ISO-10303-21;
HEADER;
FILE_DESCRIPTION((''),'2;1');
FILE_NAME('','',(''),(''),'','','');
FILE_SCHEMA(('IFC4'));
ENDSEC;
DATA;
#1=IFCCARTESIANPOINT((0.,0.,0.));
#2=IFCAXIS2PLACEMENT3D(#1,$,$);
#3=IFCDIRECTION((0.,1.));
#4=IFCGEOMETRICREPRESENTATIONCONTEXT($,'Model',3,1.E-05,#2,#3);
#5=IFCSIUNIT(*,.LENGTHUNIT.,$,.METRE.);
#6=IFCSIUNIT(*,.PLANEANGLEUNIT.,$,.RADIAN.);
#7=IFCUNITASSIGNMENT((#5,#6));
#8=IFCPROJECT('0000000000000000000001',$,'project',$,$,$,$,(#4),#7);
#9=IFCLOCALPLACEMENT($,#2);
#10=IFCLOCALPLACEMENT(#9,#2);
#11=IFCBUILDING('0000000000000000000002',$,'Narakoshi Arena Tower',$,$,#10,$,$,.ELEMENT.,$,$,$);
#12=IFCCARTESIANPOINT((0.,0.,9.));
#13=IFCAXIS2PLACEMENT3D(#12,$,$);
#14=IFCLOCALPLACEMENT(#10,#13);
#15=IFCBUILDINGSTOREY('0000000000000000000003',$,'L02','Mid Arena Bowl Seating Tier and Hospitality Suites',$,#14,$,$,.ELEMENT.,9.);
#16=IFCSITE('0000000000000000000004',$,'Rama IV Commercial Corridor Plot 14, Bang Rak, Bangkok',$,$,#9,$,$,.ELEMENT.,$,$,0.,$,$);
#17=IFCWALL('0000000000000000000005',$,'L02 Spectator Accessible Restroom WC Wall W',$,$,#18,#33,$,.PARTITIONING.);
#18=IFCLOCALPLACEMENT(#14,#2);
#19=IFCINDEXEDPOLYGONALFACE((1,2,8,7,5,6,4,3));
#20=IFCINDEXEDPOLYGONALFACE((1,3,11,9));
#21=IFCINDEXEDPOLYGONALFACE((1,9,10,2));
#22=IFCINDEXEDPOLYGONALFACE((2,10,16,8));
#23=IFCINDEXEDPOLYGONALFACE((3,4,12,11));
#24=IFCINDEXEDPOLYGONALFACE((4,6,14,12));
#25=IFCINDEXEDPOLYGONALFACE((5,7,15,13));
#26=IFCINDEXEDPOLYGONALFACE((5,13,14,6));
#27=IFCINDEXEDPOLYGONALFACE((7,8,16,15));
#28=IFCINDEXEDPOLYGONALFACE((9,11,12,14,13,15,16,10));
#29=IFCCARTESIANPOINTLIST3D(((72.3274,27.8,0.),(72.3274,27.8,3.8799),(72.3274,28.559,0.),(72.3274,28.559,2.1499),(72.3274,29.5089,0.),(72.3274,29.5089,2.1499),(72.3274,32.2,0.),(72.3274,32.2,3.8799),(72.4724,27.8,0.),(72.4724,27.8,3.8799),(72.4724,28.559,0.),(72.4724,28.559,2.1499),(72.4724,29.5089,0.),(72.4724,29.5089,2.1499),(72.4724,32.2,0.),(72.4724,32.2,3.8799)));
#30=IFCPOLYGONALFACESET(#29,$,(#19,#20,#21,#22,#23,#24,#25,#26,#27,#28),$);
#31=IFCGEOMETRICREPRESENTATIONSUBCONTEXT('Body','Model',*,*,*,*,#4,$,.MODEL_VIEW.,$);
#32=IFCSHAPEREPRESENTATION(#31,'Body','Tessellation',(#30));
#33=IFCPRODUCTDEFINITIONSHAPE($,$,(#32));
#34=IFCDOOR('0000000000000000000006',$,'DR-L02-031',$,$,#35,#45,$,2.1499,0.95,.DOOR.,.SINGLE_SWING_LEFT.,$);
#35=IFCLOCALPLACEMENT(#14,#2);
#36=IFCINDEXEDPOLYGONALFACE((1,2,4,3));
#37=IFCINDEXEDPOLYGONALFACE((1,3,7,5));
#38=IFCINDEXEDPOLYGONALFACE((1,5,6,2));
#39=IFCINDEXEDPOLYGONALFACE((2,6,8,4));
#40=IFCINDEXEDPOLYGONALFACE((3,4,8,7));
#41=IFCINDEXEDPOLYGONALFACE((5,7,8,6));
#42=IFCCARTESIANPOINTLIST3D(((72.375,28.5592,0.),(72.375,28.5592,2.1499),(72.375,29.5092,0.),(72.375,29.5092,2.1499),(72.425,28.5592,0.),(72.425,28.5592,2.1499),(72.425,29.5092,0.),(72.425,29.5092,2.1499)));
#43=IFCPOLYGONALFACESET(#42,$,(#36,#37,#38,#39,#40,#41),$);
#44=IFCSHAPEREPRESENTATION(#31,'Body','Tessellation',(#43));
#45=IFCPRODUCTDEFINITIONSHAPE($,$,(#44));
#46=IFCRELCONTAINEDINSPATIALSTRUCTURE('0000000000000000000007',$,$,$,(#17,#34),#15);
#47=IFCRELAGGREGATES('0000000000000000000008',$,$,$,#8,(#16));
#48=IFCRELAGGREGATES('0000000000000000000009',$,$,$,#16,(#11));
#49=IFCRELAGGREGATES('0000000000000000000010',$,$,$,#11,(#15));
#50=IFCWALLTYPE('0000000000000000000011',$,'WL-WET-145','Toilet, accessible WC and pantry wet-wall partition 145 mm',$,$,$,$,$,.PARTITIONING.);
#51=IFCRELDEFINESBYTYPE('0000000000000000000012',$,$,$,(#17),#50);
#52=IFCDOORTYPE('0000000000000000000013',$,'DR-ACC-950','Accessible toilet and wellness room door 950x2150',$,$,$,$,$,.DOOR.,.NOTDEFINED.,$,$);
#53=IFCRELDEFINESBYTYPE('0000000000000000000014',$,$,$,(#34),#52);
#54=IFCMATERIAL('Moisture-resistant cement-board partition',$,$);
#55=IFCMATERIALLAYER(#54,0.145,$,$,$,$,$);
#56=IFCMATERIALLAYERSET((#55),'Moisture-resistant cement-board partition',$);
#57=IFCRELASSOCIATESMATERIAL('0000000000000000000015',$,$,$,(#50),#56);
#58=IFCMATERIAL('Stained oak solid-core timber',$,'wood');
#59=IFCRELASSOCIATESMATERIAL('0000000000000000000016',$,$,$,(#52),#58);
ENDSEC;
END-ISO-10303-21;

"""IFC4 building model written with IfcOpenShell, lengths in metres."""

from ifc_helpers import new_model, si_unit, direction, frame, frame_2d, origin, place, context, subcontext, project, spatial, rectangle, extrude, material, layer, layer_set, type_object, element, fill, save


model = new_model("IFC4")

# Units and contexts
model_context = context("Model", 3, precision=1e-05, world=origin(), true_north=direction((0.0, 1.0)))
body_context = subcontext(model_context, "Body", "Model", "MODEL_VIEW")
ifc_project = project(units=[si_unit("LENGTHUNIT", "METRE"), si_unit("PLANEANGLEUNIT", "RADIAN")], contexts=[model_context])

# Site, building, storey
site_placement = place(None, origin())
site = spatial("IfcSite", under=ifc_project, at=site_placement, Name="Rama IV Commercial Corridor Plot 14, Bang Rak, Bangkok", CompositionType="ELEMENT", RefElevation=0.0)
building_placement = place(site_placement, origin())
building = spatial("IfcBuilding", under=site, at=building_placement, Name="Narakoshi Arena Tower", CompositionType="ELEMENT")
storey_placement = place(building_placement, frame((0.0, 0.0, 9.0)))
storey = spatial("IfcBuildingStorey", under=building, at=storey_placement, Name="L02", Description="Mid Arena Bowl Seating Tier and Hospitality Suites", CompositionType="ELEMENT", Elevation=9.0)

# Shared definitions
ifc_material_1 = material(Name="Moisture-resistant cement-board partition")
ifc_layer_1 = layer(ifc_material_1, 0.145)
ifc_layer_set_1 = layer_set([ifc_layer_1], Name="Moisture-resistant cement-board partition")
wall_type_1 = type_object("IfcWallType", Name="WL-WET-145", Description="Toilet, accessible WC and pantry wet-wall partition 145 mm", PredefinedType="PARTITIONING", material=ifc_layer_set_1)

# Wall, opening, door
wall_1_placement = place(storey_placement, frame((72.3999, 32.2, 0.0), z_axis=(0.0, 0.0, 1.0), x_axis=(0.0, -1.0, 0.0)))
wall_1 = element("IfcWall", 1, at=wall_1_placement, inside=storey, type_object=wall_type_1, Name="L02 Spectator Accessible Restroom WC Wall W", PredefinedType="PARTITIONING", context=body_context, shape_type="SweptSolid", body=[
    extrude(rectangle(XDim=4.3999, YDim=0.145, at=frame_2d((2.2, 0.0))), origin(), (0.0, 0.0, 1.0), 3.8799),
])
opening_1_placement = place(wall_1_placement, frame((2.6909, 0.0, 0.0)))
opening_1 = element("IfcOpeningElement", 2, at=opening_1_placement, cuts=wall_1, PredefinedType="OPENING", context=body_context, shape_type="SweptSolid", body=[
    extrude(rectangle(XDim=0.95, YDim=2.1499, at=frame_2d((0.4751, 1.075))), frame((0.0, 0.0825, 0.0), z_axis=(0.0, -1.0, 0.0), x_axis=(1.0, 0.0, 0.0)), (0.0, 0.0, 1.0), 0.165),
])
ifc_material_2 = material(Name="Stained oak solid-core timber", Category="wood")
door_type_1 = type_object("IfcDoorType", Name="DR-ACC-950", Description="Accessible toilet and wellness room door 950x2150", OperationType="NOTDEFINED", PredefinedType="DOOR", material=ifc_material_2)
door_1_placement = place(opening_1_placement, frame((0.95, 0.0, 0.0), z_axis=(0.0, 0.0, 1.0), x_axis=(-1.0, 0.0, 0.0)))
door_1 = element("IfcDoor", 3, at=door_1_placement, inside=storey, type_object=door_type_1, Name="DR-L02-031", OperationType="SINGLE_SWING_LEFT", OverallHeight=2.1499, OverallWidth=0.95, PredefinedType="DOOR", context=body_context, shape_type="SweptSolid", body=[
    extrude(rectangle(XDim=0.95, YDim=2.1499, at=frame_2d((0.4751, 1.075))), frame((0.0, 0.0249, 0.0), z_axis=(0.0, -1.0, 0.0), x_axis=(1.0, 0.0, 0.0)), (0.0, 0.0, 1.0), 0.05),
])
fill(opening_1, door_1)

save(model, "model.ifc")
